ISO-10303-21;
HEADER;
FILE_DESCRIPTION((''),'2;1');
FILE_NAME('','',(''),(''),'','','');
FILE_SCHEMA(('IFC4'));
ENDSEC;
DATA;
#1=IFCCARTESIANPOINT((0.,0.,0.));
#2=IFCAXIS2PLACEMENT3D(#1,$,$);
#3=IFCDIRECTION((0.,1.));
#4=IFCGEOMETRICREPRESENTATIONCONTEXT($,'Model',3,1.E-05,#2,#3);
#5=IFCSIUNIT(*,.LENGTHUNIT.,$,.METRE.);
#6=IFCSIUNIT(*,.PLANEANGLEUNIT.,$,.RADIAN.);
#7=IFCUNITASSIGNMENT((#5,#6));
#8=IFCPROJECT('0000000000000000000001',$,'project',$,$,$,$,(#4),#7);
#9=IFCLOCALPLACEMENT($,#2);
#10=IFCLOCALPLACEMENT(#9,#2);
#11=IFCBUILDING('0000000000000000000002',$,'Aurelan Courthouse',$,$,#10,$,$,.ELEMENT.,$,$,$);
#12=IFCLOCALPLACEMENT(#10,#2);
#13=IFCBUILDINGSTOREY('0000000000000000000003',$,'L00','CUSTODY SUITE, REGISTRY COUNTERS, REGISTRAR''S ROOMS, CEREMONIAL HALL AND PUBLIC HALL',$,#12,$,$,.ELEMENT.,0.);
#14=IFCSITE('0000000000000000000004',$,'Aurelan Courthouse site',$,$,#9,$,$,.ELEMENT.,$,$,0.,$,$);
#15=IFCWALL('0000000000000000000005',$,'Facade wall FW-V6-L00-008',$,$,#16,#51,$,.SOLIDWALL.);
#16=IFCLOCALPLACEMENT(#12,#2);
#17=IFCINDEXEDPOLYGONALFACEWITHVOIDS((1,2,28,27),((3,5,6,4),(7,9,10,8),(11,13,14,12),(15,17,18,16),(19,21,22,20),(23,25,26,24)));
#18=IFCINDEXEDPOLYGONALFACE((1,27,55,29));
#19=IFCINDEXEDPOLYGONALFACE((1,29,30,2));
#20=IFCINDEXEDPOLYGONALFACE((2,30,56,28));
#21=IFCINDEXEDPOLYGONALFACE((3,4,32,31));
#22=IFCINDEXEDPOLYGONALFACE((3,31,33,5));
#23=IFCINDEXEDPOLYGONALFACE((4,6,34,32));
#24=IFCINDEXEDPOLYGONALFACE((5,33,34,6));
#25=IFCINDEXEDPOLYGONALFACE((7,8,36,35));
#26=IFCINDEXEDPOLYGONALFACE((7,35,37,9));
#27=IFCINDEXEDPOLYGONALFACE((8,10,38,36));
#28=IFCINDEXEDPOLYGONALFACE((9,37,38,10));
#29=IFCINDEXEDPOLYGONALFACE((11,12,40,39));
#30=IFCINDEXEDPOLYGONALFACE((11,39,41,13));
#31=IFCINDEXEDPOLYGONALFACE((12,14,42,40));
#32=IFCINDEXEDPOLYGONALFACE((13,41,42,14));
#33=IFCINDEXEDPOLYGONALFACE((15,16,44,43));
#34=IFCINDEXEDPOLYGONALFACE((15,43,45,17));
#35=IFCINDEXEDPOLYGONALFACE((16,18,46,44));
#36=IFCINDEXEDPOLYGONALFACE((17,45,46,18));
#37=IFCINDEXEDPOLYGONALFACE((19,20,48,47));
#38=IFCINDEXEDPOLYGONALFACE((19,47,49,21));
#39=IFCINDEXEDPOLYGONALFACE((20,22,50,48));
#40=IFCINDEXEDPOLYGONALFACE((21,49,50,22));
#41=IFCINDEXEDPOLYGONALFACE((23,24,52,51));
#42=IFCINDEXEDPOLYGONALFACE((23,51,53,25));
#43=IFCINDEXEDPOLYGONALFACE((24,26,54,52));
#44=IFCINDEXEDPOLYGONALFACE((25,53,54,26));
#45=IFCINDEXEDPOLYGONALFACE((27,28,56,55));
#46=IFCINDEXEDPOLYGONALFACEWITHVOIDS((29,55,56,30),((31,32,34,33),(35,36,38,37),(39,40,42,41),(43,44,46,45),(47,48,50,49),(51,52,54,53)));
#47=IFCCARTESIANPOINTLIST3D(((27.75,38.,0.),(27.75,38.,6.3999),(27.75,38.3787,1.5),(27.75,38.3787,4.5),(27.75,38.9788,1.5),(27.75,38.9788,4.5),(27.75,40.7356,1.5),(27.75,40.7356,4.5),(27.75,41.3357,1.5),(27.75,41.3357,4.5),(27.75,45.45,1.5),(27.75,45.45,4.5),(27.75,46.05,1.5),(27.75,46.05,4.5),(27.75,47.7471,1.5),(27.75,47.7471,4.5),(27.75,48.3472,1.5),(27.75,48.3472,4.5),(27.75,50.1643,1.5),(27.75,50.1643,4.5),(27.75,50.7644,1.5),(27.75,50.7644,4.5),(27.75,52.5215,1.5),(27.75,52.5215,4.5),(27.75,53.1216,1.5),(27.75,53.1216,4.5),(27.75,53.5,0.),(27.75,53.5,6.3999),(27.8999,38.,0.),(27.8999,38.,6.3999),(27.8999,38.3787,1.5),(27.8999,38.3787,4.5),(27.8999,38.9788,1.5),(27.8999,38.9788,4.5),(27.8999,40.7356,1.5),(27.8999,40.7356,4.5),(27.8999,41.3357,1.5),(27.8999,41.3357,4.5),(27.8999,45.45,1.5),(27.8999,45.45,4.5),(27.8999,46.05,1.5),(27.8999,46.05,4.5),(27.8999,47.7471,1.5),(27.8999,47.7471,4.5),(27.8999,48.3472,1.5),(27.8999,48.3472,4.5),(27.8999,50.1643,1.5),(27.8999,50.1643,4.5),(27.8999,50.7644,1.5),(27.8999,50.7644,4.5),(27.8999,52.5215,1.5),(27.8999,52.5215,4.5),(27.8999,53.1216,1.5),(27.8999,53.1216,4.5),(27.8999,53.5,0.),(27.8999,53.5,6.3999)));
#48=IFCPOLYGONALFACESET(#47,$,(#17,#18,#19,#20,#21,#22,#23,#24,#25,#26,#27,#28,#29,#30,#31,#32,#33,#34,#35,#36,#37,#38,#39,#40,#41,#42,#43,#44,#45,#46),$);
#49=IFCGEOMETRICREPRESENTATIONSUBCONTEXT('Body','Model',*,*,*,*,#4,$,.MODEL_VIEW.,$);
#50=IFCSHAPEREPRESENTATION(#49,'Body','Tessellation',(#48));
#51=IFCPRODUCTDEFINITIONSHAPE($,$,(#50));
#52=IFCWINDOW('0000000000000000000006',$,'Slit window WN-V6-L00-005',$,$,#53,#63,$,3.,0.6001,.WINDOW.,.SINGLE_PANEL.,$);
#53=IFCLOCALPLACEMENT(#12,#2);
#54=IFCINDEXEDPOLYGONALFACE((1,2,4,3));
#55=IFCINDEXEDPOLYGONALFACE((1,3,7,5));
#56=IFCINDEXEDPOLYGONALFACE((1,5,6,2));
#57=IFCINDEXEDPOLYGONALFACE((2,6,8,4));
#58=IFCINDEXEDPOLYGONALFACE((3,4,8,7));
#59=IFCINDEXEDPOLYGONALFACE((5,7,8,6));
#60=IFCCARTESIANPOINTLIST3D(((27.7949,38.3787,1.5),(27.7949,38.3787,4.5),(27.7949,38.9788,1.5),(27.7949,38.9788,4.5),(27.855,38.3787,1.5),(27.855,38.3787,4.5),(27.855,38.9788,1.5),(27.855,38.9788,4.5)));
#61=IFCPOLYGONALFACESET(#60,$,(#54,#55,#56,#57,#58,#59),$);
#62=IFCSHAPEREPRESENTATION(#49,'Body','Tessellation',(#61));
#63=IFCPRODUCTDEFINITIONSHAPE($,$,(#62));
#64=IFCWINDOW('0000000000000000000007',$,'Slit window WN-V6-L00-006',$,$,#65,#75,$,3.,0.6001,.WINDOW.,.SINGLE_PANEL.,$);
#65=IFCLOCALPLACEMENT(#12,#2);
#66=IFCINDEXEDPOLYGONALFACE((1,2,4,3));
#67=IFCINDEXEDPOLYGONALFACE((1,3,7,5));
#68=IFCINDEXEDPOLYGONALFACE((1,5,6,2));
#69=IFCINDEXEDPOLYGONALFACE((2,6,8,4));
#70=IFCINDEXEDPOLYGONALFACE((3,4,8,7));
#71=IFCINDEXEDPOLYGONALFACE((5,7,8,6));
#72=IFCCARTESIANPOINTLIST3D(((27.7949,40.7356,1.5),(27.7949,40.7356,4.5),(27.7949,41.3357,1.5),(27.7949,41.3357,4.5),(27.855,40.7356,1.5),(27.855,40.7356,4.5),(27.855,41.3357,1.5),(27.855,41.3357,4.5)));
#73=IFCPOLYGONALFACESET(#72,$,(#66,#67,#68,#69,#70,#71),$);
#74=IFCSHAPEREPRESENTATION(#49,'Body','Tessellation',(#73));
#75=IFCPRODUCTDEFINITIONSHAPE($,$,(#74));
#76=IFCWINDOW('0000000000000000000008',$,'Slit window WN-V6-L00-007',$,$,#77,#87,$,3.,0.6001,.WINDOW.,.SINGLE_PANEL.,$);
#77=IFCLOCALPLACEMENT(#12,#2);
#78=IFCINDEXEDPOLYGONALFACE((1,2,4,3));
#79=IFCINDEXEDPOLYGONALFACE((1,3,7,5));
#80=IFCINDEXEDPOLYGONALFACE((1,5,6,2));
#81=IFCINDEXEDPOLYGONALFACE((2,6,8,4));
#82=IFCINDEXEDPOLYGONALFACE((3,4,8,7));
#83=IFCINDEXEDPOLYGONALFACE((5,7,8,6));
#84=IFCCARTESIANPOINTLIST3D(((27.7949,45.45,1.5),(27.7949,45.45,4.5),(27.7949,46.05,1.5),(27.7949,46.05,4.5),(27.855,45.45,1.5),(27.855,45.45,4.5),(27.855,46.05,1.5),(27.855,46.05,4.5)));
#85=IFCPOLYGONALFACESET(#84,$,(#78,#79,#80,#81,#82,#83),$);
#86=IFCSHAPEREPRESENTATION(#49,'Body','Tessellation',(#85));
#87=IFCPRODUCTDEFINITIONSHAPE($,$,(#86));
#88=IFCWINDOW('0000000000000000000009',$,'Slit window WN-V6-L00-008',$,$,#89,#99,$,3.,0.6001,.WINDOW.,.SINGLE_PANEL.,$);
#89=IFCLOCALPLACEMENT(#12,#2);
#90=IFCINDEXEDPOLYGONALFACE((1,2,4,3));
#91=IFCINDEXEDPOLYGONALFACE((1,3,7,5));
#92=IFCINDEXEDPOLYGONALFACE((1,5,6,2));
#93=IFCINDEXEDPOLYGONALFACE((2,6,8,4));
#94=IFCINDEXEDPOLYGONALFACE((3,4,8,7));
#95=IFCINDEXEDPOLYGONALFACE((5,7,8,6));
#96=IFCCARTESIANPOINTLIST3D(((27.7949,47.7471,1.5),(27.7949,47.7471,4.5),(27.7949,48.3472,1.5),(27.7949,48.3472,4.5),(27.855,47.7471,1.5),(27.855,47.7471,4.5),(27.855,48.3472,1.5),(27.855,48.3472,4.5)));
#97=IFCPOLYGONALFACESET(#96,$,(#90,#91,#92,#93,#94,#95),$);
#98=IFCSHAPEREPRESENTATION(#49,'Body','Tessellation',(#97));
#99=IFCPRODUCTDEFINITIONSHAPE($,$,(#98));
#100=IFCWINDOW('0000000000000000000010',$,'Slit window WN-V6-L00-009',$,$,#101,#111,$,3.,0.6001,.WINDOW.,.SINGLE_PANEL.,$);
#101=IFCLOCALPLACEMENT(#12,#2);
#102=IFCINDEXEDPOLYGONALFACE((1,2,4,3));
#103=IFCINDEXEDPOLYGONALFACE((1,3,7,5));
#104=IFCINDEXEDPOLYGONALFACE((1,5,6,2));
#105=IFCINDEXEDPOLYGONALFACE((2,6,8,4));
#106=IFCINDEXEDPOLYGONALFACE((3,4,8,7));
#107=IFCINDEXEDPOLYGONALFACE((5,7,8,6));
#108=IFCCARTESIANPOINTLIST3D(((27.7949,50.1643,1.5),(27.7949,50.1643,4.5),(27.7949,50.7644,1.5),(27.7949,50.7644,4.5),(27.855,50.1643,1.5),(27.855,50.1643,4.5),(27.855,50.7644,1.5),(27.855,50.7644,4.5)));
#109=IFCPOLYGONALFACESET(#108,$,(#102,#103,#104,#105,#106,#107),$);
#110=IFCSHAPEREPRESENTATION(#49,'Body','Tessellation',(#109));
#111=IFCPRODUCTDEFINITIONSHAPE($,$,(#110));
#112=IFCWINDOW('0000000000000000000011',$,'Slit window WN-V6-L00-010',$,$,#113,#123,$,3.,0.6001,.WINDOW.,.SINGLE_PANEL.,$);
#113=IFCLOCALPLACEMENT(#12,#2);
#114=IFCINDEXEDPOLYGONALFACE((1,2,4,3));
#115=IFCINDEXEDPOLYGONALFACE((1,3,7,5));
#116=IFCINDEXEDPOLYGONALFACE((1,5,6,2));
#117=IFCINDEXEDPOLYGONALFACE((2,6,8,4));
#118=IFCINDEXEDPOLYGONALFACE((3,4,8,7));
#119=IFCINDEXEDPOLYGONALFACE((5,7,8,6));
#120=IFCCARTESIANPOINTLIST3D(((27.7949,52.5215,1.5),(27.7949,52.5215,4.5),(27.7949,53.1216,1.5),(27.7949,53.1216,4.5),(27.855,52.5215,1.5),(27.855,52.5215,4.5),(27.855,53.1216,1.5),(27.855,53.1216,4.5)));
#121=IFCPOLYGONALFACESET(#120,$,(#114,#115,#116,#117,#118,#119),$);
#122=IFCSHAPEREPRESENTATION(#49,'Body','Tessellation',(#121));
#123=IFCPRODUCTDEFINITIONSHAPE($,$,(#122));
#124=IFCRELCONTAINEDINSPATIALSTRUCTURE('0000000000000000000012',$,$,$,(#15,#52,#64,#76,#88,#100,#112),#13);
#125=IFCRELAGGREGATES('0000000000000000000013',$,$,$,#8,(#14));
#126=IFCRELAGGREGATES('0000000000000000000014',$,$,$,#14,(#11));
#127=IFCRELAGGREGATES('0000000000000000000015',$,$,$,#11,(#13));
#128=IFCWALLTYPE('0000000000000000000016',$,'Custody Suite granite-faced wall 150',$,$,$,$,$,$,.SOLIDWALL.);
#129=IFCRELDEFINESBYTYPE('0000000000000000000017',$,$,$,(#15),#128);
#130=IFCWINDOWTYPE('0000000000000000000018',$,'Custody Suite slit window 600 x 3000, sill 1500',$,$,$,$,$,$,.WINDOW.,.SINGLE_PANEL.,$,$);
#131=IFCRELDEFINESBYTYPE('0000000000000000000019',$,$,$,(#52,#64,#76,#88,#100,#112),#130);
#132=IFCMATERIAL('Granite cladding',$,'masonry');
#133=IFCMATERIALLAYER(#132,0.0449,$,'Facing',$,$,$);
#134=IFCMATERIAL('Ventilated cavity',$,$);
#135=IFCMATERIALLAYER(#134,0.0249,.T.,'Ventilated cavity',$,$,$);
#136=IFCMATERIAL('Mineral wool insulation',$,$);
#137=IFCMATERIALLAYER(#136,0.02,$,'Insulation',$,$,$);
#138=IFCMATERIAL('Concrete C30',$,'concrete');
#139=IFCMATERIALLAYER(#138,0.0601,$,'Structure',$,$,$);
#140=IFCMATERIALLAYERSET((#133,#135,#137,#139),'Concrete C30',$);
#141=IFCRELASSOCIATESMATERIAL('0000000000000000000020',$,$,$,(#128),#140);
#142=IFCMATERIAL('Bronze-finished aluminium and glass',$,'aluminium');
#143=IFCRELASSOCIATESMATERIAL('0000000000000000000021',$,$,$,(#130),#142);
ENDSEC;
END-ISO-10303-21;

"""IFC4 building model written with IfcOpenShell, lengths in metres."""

from ifc_helpers import new_model, si_unit, direction, frame, frame_2d, origin, place, context, subcontext, project, spatial, rectangle, extrude, material, layer, layer_set, type_object, element, fill, save


model = new_model("IFC4")

# Units and contexts
model_context = context("Model", 3, precision=1e-05, world=origin(), true_north=direction((0.0, 1.0)))
body_context = subcontext(model_context, "Body", "Model", "MODEL_VIEW")
ifc_project = project(units=[si_unit("LENGTHUNIT", "METRE"), si_unit("PLANEANGLEUNIT", "RADIAN")], contexts=[model_context])

# Site, building, storey
site_placement = place(None, origin())
site = spatial("IfcSite", under=ifc_project, at=site_placement, Name="Aurelan Courthouse site", CompositionType="ELEMENT", RefElevation=0.0)
building_placement = place(site_placement, origin())
building = spatial("IfcBuilding", under=site, at=building_placement, Name="Aurelan Courthouse", CompositionType="ELEMENT")
storey_placement = place(building_placement, origin())
storey = spatial("IfcBuildingStorey", under=building, at=storey_placement, Name="L00", Description="CUSTODY SUITE, REGISTRY COUNTERS, REGISTRAR'S ROOMS, CEREMONIAL HALL AND PUBLIC HALL", CompositionType="ELEMENT", Elevation=0.0)

# Wall, openings, windows
ifc_material_1 = material(Name="Granite cladding", Category="masonry")
ifc_material_2 = material(Name="Ventilated cavity")
ifc_material_3 = material(Name="Mineral wool insulation")
ifc_material_4 = material(Name="Concrete C30", Category="concrete")
ifc_material_5 = material(Name="Bronze-finished aluminium and glass", Category="aluminium")
ifc_layer_1 = layer(ifc_material_1, 0.0449, Name="Facing")
ifc_layer_2 = layer(ifc_material_2, 0.0249, ventilated=True, Name="Ventilated cavity")
ifc_layer_3 = layer(ifc_material_3, 0.02, Name="Insulation")
ifc_layer_4 = layer(ifc_material_4, 0.0601, Name="Structure")
ifc_layer_set_1 = layer_set([ifc_layer_1, ifc_layer_2, ifc_layer_3, ifc_layer_4], Name="Concrete C30")
wall_type_1 = type_object("IfcWallType", Name="Custody Suite granite-faced wall 150", PredefinedType="SOLIDWALL", material=ifc_layer_set_1)
wall_1_placement = place(storey_placement, frame((27.825, 38.0, 0.0), z_axis=(0.0, 0.0, 1.0), x_axis=(0.0, 1.0, 0.0)))
wall_1 = element("IfcWall", 1, at=wall_1_placement, inside=storey, type_object=wall_type_1, Name="Facade wall FW-V6-L00-008", PredefinedType="SOLIDWALL", context=body_context, shape_type="SweptSolid", body=[
    extrude(rectangle(XDim=15.5, YDim=0.1499, at=frame_2d((7.75, 0.0))), origin(), (0.0, 0.0, 1.0), 6.3999),
])
opening_1_placement = place(wall_1_placement, frame((0.3787, 0.0, 1.5)))
opening_1 = element("IfcOpeningElement", 2, at=opening_1_placement, cuts=wall_1, PredefinedType="OPENING", context=body_context, shape_type="SweptSolid", body=[
    extrude(rectangle(XDim=0.6001, YDim=3.0, at=frame_2d((0.3, 1.5))), frame((0.0, 0.085, 0.0), z_axis=(0.0, -1.0, 0.0), x_axis=(1.0, 0.0, 0.0)), (0.0, 0.0, 1.0), 0.1699),
])
opening_2_placement = place(wall_1_placement, frame((2.7356, 0.0, 1.5)))
opening_2 = element("IfcOpeningElement", 3, at=opening_2_placement, cuts=wall_1, PredefinedType="OPENING", context=body_context, shape_type="SweptSolid", body=[
    extrude(rectangle(XDim=0.6001, YDim=3.0, at=frame_2d((0.3, 1.5))), frame((0.0, 0.085, 0.0), z_axis=(0.0, -1.0, 0.0), x_axis=(1.0, 0.0, 0.0)), (0.0, 0.0, 1.0), 0.1699),
])
opening_3_placement = place(wall_1_placement, frame((7.45, 0.0, 1.5)))
opening_3 = element("IfcOpeningElement", 4, at=opening_3_placement, cuts=wall_1, PredefinedType="OPENING", context=body_context, shape_type="SweptSolid", body=[
    extrude(rectangle(XDim=0.6001, YDim=3.0, at=frame_2d((0.3, 1.5))), frame((0.0, 0.085, 0.0), z_axis=(0.0, -1.0, 0.0), x_axis=(1.0, 0.0, 0.0)), (0.0, 0.0, 1.0), 0.1699),
])
opening_4_placement = place(wall_1_placement, frame((9.7471, 0.0, 1.5)))
opening_4 = element("IfcOpeningElement", 5, at=opening_4_placement, cuts=wall_1, PredefinedType="OPENING", context=body_context, shape_type="SweptSolid", body=[
    extrude(rectangle(XDim=0.6001, YDim=3.0, at=frame_2d((0.3, 1.5))), frame((0.0, 0.085, 0.0), z_axis=(0.0, -1.0, 0.0), x_axis=(1.0, 0.0, 0.0)), (0.0, 0.0, 1.0), 0.1699),
])
opening_5_placement = place(wall_1_placement, frame((12.1643, 0.0, 1.5)))
opening_5 = element("IfcOpeningElement", 6, at=opening_5_placement, cuts=wall_1, PredefinedType="OPENING", context=body_context, shape_type="SweptSolid", body=[
    extrude(rectangle(XDim=0.6001, YDim=3.0, at=frame_2d((0.3, 1.5))), frame((0.0, 0.085, 0.0), z_axis=(0.0, -1.0, 0.0), x_axis=(1.0, 0.0, 0.0)), (0.0, 0.0, 1.0), 0.1699),
])
opening_6_placement = place(wall_1_placement, frame((14.5215, 0.0, 1.5)))
opening_6 = element("IfcOpeningElement", 7, at=opening_6_placement, cuts=wall_1, PredefinedType="OPENING", context=body_context, shape_type="SweptSolid", body=[
    extrude(rectangle(XDim=0.6001, YDim=3.0, at=frame_2d((0.3, 1.5))), frame((0.0, 0.085, 0.0), z_axis=(0.0, -1.0, 0.0), x_axis=(1.0, 0.0, 0.0)), (0.0, 0.0, 1.0), 0.1699),
])
window_type_1 = type_object("IfcWindowType", Name="Custody Suite slit window 600 x 3000, sill 1500", PartitioningType="SINGLE_PANEL", PredefinedType="WINDOW", material=ifc_material_5)
window_1_placement = place(opening_1_placement, origin())
window_1 = element("IfcWindow", 8, at=window_1_placement, inside=storey, type_object=window_type_1, Name="Slit window WN-V6-L00-005", OverallHeight=3.0, OverallWidth=0.6001, PartitioningType="SINGLE_PANEL", PredefinedType="WINDOW", context=body_context, shape_type="SweptSolid", body=[
    extrude(rectangle(XDim=0.6001, YDim=3.0, at=frame_2d((0.3, 1.5))), frame((0.0, 0.03, 0.0), z_axis=(0.0, -1.0, 0.0), x_axis=(1.0, 0.0, 0.0)), (0.0, 0.0, 1.0), 0.0601),
])
fill(opening_1, window_1)
window_2_placement = place(opening_2_placement, origin())
window_2 = element("IfcWindow", 9, at=window_2_placement, inside=storey, type_object=window_type_1, Name="Slit window WN-V6-L00-006", OverallHeight=3.0, OverallWidth=0.6001, PartitioningType="SINGLE_PANEL", PredefinedType="WINDOW", context=body_context, shape_type="SweptSolid", body=[
    extrude(rectangle(XDim=0.6001, YDim=3.0, at=frame_2d((0.3, 1.5))), frame((0.0, 0.03, 0.0), z_axis=(0.0, -1.0, 0.0), x_axis=(1.0, 0.0, 0.0)), (0.0, 0.0, 1.0), 0.0601),
])
fill(opening_2, window_2)
window_3_placement = place(opening_3_placement, origin())
window_3 = element("IfcWindow", 10, at=window_3_placement, inside=storey, type_object=window_type_1, Name="Slit window WN-V6-L00-007", OverallHeight=3.0, OverallWidth=0.6001, PartitioningType="SINGLE_PANEL", PredefinedType="WINDOW", context=body_context, shape_type="SweptSolid", body=[
    extrude(rectangle(XDim=0.6001, YDim=3.0, at=frame_2d((0.3, 1.5))), frame((0.0, 0.03, 0.0), z_axis=(0.0, -1.0, 0.0), x_axis=(1.0, 0.0, 0.0)), (0.0, 0.0, 1.0), 0.0601),
])
fill(opening_3, window_3)
window_4_placement = place(opening_4_placement, origin())
window_4 = element("IfcWindow", 11, at=window_4_placement, inside=storey, type_object=window_type_1, Name="Slit window WN-V6-L00-008", OverallHeight=3.0, OverallWidth=0.6001, PartitioningType="SINGLE_PANEL", PredefinedType="WINDOW", context=body_context, shape_type="SweptSolid", body=[
    extrude(rectangle(XDim=0.6001, YDim=3.0, at=frame_2d((0.3, 1.5))), frame((0.0, 0.03, 0.0), z_axis=(0.0, -1.0, 0.0), x_axis=(1.0, 0.0, 0.0)), (0.0, 0.0, 1.0), 0.0601),
])
fill(opening_4, window_4)
window_5_placement = place(opening_5_placement, origin())
window_5 = element("IfcWindow", 12, at=window_5_placement, inside=storey, type_object=window_type_1, Name="Slit window WN-V6-L00-009", OverallHeight=3.0, OverallWidth=0.6001, PartitioningType="SINGLE_PANEL", PredefinedType="WINDOW", context=body_context, shape_type="SweptSolid", body=[
    extrude(rectangle(XDim=0.6001, YDim=3.0, at=frame_2d((0.3, 1.5))), frame((0.0, 0.03, 0.0), z_axis=(0.0, -1.0, 0.0), x_axis=(1.0, 0.0, 0.0)), (0.0, 0.0, 1.0), 0.0601),
])
fill(opening_5, window_5)
window_6_placement = place(opening_6_placement, origin())
window_6 = element("IfcWindow", 13, at=window_6_placement, inside=storey, type_object=window_type_1, Name="Slit window WN-V6-L00-010", OverallHeight=3.0, OverallWidth=0.6001, PartitioningType="SINGLE_PANEL", PredefinedType="WINDOW", context=body_context, shape_type="SweptSolid", body=[
    extrude(rectangle(XDim=0.6001, YDim=3.0, at=frame_2d((0.3, 1.5))), frame((0.0, 0.03, 0.0), z_axis=(0.0, -1.0, 0.0), x_axis=(1.0, 0.0, 0.0)), (0.0, 0.0, 1.0), 0.0601),
])
fill(opening_6, window_6)

save(model, "model.ifc")
